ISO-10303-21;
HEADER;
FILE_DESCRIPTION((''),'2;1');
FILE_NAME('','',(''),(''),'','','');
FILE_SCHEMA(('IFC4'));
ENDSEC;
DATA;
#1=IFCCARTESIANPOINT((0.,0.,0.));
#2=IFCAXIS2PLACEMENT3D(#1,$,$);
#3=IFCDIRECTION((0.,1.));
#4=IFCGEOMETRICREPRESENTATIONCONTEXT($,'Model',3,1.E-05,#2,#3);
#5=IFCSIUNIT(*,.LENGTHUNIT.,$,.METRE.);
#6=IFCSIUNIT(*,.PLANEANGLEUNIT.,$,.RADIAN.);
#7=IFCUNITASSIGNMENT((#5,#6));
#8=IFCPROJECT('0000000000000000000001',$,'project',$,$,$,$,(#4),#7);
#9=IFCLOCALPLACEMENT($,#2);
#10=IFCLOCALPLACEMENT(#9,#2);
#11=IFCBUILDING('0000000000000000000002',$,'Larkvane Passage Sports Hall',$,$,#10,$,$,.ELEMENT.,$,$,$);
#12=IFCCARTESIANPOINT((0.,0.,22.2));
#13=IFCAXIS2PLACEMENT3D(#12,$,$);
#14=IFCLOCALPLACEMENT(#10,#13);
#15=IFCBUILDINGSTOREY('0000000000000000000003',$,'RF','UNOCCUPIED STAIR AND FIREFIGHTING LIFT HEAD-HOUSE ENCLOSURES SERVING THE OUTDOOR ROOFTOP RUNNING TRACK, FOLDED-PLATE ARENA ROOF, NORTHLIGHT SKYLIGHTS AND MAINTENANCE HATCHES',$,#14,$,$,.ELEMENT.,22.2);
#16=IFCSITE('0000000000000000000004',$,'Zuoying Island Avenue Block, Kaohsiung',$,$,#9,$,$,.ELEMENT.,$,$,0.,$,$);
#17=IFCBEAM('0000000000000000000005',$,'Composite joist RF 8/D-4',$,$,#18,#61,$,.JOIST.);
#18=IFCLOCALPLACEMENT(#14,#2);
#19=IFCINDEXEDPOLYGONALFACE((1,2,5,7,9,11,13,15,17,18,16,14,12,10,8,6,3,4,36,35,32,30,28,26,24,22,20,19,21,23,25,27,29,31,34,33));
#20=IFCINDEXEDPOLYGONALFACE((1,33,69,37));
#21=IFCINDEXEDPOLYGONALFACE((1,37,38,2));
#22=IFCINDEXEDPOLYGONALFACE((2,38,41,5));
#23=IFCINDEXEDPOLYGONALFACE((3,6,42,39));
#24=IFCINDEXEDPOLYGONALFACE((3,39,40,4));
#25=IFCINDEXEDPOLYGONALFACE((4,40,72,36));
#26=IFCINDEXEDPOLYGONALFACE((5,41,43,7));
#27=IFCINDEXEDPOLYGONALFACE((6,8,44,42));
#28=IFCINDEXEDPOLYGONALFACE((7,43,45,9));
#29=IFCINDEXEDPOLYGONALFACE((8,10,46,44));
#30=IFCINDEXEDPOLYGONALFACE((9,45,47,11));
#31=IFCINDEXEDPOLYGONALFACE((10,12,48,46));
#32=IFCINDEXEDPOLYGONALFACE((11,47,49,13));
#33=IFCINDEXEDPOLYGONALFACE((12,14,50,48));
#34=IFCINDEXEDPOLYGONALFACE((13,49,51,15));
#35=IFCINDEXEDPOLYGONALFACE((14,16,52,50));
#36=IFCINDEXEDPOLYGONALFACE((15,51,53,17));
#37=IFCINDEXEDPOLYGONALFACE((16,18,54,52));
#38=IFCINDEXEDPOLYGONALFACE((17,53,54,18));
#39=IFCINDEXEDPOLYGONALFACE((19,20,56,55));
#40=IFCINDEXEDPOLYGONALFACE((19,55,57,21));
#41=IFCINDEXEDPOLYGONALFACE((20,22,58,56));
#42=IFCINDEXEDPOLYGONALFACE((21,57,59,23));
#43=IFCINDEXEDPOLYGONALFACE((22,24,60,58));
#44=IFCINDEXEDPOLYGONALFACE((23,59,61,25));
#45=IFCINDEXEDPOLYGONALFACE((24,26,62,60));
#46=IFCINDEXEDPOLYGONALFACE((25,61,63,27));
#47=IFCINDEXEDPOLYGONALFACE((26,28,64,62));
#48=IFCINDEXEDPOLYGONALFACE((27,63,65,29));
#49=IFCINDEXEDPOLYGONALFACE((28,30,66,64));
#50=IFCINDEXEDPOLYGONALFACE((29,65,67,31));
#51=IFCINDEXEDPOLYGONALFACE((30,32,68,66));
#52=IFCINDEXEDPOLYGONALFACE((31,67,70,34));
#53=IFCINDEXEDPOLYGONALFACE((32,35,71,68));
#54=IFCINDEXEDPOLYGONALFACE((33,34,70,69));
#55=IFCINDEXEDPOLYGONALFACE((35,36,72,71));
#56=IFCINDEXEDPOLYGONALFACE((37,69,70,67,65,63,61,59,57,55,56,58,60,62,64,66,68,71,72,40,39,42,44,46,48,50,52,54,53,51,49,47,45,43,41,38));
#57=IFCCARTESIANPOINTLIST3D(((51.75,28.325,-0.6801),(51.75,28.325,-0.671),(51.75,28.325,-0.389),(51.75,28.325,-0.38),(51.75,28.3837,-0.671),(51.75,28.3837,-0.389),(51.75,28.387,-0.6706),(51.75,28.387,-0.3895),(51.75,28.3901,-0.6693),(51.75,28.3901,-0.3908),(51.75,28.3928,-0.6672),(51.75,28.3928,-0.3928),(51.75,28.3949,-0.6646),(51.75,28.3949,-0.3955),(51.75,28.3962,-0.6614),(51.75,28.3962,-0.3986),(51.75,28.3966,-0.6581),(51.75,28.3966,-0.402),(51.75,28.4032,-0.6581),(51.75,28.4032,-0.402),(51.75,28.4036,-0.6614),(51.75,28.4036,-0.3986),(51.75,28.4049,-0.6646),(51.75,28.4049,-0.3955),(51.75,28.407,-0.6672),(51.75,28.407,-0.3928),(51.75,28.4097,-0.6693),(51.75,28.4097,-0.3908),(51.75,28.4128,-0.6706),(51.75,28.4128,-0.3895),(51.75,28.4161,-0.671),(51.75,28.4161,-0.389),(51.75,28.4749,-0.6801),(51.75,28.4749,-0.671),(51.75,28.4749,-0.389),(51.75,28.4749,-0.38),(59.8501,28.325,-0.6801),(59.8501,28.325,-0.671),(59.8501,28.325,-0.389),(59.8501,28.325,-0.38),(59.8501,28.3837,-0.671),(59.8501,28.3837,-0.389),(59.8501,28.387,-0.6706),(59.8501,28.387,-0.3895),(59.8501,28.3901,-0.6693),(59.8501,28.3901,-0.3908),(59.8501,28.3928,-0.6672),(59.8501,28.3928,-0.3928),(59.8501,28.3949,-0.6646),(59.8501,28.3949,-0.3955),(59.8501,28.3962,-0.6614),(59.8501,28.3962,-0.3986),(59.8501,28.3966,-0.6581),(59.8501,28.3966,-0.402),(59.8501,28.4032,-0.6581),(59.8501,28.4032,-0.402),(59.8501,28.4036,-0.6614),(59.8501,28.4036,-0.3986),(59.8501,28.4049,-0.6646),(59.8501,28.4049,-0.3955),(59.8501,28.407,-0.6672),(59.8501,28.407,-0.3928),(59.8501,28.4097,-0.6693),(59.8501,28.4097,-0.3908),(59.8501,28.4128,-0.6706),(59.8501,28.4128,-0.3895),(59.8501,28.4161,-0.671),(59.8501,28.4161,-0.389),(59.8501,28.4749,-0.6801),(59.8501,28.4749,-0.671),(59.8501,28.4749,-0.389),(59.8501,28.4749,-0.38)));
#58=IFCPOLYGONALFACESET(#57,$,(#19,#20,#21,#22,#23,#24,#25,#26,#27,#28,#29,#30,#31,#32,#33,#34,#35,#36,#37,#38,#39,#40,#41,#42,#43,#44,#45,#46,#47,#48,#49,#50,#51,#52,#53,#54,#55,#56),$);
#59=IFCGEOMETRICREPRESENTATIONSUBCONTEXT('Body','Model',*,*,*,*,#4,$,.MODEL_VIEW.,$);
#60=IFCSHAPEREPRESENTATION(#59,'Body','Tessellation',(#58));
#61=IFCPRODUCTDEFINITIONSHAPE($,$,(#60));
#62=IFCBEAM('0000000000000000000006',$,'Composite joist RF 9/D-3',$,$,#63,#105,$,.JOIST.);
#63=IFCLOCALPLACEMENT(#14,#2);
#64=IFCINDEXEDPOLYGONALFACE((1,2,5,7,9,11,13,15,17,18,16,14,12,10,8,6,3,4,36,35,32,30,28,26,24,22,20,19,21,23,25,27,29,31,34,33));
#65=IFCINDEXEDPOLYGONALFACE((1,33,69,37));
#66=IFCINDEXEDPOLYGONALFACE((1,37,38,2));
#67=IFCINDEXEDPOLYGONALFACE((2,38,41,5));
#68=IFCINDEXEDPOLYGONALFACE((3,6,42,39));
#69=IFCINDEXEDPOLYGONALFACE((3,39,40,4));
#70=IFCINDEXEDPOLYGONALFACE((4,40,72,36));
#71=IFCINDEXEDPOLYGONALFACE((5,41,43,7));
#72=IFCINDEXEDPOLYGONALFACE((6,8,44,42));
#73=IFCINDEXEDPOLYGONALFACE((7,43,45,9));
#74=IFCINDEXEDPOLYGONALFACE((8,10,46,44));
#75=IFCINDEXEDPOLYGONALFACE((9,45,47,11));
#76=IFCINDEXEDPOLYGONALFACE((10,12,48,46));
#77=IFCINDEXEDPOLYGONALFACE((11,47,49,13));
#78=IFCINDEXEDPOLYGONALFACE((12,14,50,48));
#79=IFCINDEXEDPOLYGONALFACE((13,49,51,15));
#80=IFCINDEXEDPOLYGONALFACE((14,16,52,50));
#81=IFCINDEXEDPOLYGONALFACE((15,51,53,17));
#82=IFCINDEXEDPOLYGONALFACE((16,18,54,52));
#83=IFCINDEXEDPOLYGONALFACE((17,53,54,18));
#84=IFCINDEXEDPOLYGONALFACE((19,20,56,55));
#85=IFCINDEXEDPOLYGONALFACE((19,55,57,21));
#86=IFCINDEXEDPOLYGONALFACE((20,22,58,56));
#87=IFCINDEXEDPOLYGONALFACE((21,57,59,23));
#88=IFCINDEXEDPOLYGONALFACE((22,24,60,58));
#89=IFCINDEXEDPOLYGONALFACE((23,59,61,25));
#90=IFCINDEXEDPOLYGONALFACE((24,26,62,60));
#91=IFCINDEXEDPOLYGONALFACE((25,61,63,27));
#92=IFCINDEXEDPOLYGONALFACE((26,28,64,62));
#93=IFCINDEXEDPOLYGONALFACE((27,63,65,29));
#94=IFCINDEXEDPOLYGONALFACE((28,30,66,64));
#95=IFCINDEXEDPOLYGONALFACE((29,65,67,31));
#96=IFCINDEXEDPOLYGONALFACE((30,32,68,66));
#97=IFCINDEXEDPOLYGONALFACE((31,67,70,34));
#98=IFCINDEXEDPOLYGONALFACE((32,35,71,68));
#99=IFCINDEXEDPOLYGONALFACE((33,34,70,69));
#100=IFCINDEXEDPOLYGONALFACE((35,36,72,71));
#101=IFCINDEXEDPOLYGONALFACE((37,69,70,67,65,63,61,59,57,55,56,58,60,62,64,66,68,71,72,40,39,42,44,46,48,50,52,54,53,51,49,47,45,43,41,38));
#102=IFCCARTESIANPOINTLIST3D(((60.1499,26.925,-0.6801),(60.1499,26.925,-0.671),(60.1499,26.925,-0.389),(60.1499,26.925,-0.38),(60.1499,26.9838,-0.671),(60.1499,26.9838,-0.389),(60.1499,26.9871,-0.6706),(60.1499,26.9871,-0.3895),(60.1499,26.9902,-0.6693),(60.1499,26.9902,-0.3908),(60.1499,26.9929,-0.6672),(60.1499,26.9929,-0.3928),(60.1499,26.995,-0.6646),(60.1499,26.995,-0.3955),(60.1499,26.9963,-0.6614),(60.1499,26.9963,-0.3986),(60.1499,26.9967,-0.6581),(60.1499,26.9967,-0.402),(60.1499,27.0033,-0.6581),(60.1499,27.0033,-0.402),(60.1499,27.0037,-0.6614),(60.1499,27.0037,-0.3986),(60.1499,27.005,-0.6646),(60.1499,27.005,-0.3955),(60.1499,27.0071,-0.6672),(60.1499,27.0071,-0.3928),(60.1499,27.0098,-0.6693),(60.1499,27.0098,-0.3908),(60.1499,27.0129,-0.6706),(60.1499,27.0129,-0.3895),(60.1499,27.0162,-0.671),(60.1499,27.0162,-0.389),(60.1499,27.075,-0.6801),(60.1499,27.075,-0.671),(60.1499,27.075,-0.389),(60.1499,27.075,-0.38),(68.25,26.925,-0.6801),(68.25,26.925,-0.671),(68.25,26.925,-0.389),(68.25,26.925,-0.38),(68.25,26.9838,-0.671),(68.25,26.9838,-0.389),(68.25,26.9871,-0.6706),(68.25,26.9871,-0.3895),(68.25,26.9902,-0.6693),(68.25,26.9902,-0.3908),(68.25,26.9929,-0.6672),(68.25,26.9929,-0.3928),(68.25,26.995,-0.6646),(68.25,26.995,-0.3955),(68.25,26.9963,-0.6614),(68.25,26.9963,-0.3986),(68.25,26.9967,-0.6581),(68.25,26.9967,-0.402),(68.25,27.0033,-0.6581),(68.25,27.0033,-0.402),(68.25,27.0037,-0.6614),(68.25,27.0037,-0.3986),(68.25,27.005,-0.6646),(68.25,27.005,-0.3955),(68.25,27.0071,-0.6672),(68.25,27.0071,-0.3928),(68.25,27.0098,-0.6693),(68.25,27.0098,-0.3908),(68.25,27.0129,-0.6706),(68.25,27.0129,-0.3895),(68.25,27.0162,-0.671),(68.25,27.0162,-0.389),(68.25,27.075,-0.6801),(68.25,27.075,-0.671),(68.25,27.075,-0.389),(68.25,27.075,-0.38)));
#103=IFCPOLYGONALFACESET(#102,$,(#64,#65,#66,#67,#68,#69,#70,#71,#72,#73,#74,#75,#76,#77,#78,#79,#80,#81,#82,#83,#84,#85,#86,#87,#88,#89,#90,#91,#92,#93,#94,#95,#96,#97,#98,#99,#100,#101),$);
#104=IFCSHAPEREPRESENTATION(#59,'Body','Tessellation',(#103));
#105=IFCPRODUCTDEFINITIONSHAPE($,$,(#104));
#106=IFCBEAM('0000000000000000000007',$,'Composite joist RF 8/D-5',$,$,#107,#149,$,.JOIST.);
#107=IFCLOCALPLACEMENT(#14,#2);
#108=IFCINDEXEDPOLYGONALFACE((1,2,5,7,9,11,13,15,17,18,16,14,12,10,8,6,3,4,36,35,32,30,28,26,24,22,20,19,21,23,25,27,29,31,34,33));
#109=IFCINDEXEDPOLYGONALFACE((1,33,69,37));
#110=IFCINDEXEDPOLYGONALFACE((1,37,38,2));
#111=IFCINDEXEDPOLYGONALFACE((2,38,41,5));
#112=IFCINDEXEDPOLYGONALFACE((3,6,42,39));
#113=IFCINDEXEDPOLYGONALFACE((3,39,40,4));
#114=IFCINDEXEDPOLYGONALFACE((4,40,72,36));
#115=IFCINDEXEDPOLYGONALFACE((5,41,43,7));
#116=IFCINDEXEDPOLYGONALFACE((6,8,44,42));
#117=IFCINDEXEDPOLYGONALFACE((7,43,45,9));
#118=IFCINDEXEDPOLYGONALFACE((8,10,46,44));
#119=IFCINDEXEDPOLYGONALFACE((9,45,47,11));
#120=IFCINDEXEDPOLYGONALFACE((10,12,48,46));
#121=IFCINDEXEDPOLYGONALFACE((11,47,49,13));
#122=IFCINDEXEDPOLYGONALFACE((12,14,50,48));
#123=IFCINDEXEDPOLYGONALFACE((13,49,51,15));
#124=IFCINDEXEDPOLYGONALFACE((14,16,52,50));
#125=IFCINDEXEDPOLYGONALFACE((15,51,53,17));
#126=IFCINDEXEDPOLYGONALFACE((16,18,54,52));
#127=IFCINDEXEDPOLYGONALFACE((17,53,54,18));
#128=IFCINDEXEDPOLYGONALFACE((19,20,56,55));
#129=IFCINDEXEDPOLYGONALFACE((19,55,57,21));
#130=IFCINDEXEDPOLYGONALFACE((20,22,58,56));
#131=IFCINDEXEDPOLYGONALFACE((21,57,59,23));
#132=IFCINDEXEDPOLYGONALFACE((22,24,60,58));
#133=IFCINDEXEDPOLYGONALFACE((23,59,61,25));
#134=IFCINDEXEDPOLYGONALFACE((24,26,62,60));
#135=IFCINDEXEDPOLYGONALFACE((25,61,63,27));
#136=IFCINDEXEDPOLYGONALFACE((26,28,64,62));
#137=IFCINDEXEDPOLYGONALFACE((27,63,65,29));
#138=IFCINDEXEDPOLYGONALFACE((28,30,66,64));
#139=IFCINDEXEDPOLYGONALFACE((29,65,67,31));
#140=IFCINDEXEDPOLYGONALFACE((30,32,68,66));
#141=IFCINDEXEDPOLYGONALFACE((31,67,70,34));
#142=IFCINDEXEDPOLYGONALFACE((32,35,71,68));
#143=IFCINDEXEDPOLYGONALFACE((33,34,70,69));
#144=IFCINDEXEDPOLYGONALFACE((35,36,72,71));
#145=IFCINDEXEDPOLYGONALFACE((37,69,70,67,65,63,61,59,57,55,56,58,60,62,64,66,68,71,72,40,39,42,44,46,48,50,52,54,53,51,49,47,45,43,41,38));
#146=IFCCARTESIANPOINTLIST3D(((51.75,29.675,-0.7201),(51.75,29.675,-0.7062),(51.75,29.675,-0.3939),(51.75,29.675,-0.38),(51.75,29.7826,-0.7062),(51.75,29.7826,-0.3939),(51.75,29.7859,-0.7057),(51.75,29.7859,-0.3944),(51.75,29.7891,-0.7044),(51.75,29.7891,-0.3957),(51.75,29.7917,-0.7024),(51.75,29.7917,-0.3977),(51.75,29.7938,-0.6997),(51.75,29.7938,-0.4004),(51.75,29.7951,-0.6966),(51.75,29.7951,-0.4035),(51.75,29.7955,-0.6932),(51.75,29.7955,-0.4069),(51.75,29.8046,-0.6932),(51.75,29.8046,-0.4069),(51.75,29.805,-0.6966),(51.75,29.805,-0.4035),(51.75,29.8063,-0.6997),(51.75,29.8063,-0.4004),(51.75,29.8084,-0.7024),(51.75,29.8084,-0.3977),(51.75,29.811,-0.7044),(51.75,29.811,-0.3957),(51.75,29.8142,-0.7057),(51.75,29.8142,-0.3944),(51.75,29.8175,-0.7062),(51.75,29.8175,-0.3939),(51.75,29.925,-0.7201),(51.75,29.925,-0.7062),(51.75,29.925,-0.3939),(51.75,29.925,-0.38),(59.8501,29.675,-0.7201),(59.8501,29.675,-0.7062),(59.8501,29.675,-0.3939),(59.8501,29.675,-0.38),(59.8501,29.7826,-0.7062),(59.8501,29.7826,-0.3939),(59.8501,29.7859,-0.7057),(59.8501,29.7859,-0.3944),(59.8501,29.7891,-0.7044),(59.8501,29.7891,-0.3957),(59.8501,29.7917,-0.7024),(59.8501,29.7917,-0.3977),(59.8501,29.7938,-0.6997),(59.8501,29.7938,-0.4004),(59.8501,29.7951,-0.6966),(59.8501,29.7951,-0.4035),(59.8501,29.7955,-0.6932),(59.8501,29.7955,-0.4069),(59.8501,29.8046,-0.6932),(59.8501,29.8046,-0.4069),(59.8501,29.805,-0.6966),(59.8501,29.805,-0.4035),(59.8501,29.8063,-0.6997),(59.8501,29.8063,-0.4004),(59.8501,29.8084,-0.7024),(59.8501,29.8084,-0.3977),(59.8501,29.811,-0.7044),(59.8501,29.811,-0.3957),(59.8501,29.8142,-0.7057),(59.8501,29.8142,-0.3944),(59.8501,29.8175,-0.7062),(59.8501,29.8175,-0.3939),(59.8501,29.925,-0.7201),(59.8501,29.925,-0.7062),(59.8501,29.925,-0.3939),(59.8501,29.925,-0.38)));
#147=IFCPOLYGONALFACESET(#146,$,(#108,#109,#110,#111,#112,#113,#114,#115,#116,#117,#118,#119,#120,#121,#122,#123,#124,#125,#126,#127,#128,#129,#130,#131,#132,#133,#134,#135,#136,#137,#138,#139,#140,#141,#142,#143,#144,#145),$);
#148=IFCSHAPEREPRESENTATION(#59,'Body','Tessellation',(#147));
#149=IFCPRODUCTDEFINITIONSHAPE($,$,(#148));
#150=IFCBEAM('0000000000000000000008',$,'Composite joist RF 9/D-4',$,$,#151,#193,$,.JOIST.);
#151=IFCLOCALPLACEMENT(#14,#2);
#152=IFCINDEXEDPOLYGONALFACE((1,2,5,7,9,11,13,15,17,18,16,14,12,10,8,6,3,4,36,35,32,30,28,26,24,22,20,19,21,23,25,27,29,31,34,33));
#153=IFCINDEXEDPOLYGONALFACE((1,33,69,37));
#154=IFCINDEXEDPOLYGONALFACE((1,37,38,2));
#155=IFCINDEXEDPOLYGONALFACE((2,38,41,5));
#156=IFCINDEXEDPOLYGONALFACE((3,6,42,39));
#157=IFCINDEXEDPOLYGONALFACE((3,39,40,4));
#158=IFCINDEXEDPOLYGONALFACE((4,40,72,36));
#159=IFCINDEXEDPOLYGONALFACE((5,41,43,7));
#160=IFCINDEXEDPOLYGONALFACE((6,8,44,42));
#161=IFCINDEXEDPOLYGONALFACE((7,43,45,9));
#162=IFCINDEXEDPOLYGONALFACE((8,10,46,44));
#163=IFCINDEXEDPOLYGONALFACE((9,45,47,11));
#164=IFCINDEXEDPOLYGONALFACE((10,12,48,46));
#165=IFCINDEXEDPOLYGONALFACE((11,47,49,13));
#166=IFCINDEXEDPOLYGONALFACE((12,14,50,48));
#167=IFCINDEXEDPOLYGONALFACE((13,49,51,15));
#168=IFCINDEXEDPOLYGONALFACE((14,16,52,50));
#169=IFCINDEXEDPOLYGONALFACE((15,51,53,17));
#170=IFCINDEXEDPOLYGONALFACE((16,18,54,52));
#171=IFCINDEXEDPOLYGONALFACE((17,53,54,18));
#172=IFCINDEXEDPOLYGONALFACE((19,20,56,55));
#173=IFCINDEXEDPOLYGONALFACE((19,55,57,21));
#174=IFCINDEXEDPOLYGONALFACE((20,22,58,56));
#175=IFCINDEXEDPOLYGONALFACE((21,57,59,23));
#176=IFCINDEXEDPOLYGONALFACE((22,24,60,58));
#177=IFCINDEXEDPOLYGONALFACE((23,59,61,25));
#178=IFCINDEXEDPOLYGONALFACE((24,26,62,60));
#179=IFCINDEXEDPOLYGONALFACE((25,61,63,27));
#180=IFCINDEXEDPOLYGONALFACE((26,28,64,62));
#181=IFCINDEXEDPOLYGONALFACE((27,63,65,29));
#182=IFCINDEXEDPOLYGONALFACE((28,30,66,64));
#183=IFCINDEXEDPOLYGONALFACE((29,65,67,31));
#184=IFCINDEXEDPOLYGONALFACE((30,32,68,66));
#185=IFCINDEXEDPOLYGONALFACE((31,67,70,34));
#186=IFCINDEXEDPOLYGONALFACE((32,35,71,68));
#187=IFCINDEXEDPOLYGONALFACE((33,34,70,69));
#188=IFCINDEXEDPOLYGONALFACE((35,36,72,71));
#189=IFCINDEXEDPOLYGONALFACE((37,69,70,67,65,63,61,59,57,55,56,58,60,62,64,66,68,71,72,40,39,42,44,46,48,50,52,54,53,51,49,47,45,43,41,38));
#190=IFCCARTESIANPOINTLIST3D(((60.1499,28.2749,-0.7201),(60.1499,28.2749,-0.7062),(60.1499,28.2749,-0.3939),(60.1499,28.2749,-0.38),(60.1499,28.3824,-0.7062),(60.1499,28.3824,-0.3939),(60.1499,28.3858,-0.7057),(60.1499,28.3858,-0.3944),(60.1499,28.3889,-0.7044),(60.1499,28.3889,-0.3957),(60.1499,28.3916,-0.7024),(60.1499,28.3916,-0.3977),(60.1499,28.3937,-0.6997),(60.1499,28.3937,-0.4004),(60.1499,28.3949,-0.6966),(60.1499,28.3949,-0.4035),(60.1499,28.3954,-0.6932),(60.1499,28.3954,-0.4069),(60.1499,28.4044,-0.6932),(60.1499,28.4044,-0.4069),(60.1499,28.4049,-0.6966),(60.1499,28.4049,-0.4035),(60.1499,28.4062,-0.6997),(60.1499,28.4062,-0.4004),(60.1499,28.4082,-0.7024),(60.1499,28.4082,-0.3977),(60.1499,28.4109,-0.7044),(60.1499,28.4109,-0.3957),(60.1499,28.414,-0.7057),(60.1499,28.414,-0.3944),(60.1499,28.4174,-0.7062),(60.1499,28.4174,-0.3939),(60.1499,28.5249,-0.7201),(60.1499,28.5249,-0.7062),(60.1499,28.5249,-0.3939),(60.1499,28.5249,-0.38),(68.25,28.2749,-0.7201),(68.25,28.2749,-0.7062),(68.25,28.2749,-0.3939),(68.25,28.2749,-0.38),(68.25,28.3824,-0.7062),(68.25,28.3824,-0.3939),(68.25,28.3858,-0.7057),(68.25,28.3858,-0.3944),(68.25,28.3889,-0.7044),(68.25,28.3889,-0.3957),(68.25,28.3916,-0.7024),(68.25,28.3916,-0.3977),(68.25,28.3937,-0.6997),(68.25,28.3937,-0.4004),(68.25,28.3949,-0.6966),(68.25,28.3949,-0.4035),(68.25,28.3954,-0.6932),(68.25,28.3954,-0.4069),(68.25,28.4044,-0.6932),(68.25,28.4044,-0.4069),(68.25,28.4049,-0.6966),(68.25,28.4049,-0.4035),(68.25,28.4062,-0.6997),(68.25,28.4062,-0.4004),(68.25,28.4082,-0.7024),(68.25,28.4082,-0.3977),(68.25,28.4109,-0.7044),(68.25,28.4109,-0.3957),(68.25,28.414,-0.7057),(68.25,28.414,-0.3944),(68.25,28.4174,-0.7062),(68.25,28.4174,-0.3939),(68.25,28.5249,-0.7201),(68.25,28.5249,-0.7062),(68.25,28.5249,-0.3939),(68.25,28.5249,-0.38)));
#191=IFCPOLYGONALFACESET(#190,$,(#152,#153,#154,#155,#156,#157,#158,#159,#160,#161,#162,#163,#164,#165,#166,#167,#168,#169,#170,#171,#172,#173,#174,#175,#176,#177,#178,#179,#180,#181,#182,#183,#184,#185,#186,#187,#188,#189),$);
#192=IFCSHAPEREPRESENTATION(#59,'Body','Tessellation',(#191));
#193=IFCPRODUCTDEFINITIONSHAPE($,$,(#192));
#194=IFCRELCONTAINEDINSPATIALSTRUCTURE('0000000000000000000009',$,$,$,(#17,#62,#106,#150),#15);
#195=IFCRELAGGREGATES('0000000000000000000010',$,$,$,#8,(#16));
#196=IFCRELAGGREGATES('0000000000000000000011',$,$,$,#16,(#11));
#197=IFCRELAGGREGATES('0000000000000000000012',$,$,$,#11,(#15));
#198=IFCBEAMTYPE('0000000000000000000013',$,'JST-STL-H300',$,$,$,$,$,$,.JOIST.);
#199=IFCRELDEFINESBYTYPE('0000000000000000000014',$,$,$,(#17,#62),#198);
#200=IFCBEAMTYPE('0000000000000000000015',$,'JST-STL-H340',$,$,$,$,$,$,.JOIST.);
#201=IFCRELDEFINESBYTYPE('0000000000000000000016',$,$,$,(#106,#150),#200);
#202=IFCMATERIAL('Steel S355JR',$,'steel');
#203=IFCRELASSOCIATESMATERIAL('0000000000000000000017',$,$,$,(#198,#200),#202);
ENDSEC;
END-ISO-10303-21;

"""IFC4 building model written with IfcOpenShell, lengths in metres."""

from ifc_helpers import new_model, si_unit, direction, frame, origin, origin_2d, place, context, subcontext, project, spatial, i_section, extrude, material, material_profile, profile_set, type_object, element, save


model = new_model("IFC4")

# Units and contexts
model_context = context("Model", 3, precision=1e-05, world=origin(), true_north=direction((0.0, 1.0)))
body_context = subcontext(model_context, "Body", "Model", "MODEL_VIEW")
ifc_project = project(units=[si_unit("LENGTHUNIT", "METRE"), si_unit("PLANEANGLEUNIT", "RADIAN")], contexts=[model_context])

# Site, building, storey
site_placement = place(None, origin())
site = spatial("IfcSite", under=ifc_project, at=site_placement, Name="Zuoying Island Avenue Block, Kaohsiung", CompositionType="ELEMENT", RefElevation=0.0)
building_placement = place(site_placement, origin())
building = spatial("IfcBuilding", under=site, at=building_placement, Name="Larkvane Passage Sports Hall", CompositionType="ELEMENT")
storey_placement = place(building_placement, frame((0.0, 0.0, 22.2)))
storey = spatial("IfcBuildingStorey", under=building, at=storey_placement, Name="RF", Description="UNOCCUPIED STAIR AND FIREFIGHTING LIFT HEAD-HOUSE ENCLOSURES SERVING THE OUTDOOR ROOFTOP RUNNING TRACK, FOLDED-PLATE ARENA ROOF, NORTHLIGHT SKYLIGHTS AND MAINTENANCE HATCHES", CompositionType="ELEMENT", Elevation=22.2)

# Beams
ifc_material_1 = material(Name="Steel S355JR", Category="steel")
ifc_material_profile_1 = material_profile(ifc_material_1, i_section(OverallWidth=0.1499, OverallDepth=0.3, WebThickness=0.0066, FlangeThickness=0.009, FilletRadius=0.0129, at=origin_2d()), Name="H-300x150x6.5x9")
ifc_profile_set_1 = profile_set([ifc_material_profile_1], Name="Steel S355JR")
beam_type_1 = type_object("IfcBeamType", Name="JST-STL-H300", PredefinedType="JOIST", material=ifc_profile_set_1)
for number, where, z_axis, x_axis, name in (
    (1, (51.75, 28.3999, -0.53), (1.0, 0.0, 0.0), (0.0, 1.0, 0.0), "Composite joist RF 8/D-4"),
    (2, (60.1499, 27.0, -0.53), (1.0, 0.0, 0.0), (0.0, 1.0, 0.0), "Composite joist RF 9/D-3"),
):
    element("IfcBeam", number, at=place(storey_placement, frame(where, z_axis=z_axis, x_axis=x_axis)), inside=storey, type_object=beam_type_1, Name=name, PredefinedType="JOIST", context=body_context, shape_type="SweptSolid", body=[
        extrude(i_section(OverallWidth=0.1499, OverallDepth=0.3, WebThickness=0.0066, FlangeThickness=0.009, FilletRadius=0.0129, at=origin_2d()), origin(), (0.0, 0.0, 1.0), 8.1001),
    ])
ifc_material_profile_2 = material_profile(ifc_material_1, i_section(OverallWidth=0.25, OverallDepth=0.3401, WebThickness=0.009, FlangeThickness=0.0139, FilletRadius=0.0129, at=origin_2d()), Name="H-340x250x9x14")
ifc_profile_set_2 = profile_set([ifc_material_profile_2], Name="Steel S355JR")
beam_type_2 = type_object("IfcBeamType", Name="JST-STL-H340", PredefinedType="JOIST", material=ifc_profile_set_2)
for number, where, z_axis, x_axis, name in (
    (3, (51.75, 29.8, -0.55), (1.0, 0.0, 0.0), (0.0, 1.0, 0.0), "Composite joist RF 8/D-5"),
    (4, (60.1499, 28.3999, -0.55), (1.0, 0.0, 0.0), (0.0, 1.0, 0.0), "Composite joist RF 9/D-4"),
):
    element("IfcBeam", number, at=place(storey_placement, frame(where, z_axis=z_axis, x_axis=x_axis)), inside=storey, type_object=beam_type_2, Name=name, PredefinedType="JOIST", context=body_context, shape_type="SweptSolid", body=[
        extrude(i_section(OverallWidth=0.25, OverallDepth=0.3401, WebThickness=0.009, FlangeThickness=0.0139, FilletRadius=0.0129, at=origin_2d()), origin(), (0.0, 0.0, 1.0), 8.1001),
    ])

save(model, "model.ifc")
